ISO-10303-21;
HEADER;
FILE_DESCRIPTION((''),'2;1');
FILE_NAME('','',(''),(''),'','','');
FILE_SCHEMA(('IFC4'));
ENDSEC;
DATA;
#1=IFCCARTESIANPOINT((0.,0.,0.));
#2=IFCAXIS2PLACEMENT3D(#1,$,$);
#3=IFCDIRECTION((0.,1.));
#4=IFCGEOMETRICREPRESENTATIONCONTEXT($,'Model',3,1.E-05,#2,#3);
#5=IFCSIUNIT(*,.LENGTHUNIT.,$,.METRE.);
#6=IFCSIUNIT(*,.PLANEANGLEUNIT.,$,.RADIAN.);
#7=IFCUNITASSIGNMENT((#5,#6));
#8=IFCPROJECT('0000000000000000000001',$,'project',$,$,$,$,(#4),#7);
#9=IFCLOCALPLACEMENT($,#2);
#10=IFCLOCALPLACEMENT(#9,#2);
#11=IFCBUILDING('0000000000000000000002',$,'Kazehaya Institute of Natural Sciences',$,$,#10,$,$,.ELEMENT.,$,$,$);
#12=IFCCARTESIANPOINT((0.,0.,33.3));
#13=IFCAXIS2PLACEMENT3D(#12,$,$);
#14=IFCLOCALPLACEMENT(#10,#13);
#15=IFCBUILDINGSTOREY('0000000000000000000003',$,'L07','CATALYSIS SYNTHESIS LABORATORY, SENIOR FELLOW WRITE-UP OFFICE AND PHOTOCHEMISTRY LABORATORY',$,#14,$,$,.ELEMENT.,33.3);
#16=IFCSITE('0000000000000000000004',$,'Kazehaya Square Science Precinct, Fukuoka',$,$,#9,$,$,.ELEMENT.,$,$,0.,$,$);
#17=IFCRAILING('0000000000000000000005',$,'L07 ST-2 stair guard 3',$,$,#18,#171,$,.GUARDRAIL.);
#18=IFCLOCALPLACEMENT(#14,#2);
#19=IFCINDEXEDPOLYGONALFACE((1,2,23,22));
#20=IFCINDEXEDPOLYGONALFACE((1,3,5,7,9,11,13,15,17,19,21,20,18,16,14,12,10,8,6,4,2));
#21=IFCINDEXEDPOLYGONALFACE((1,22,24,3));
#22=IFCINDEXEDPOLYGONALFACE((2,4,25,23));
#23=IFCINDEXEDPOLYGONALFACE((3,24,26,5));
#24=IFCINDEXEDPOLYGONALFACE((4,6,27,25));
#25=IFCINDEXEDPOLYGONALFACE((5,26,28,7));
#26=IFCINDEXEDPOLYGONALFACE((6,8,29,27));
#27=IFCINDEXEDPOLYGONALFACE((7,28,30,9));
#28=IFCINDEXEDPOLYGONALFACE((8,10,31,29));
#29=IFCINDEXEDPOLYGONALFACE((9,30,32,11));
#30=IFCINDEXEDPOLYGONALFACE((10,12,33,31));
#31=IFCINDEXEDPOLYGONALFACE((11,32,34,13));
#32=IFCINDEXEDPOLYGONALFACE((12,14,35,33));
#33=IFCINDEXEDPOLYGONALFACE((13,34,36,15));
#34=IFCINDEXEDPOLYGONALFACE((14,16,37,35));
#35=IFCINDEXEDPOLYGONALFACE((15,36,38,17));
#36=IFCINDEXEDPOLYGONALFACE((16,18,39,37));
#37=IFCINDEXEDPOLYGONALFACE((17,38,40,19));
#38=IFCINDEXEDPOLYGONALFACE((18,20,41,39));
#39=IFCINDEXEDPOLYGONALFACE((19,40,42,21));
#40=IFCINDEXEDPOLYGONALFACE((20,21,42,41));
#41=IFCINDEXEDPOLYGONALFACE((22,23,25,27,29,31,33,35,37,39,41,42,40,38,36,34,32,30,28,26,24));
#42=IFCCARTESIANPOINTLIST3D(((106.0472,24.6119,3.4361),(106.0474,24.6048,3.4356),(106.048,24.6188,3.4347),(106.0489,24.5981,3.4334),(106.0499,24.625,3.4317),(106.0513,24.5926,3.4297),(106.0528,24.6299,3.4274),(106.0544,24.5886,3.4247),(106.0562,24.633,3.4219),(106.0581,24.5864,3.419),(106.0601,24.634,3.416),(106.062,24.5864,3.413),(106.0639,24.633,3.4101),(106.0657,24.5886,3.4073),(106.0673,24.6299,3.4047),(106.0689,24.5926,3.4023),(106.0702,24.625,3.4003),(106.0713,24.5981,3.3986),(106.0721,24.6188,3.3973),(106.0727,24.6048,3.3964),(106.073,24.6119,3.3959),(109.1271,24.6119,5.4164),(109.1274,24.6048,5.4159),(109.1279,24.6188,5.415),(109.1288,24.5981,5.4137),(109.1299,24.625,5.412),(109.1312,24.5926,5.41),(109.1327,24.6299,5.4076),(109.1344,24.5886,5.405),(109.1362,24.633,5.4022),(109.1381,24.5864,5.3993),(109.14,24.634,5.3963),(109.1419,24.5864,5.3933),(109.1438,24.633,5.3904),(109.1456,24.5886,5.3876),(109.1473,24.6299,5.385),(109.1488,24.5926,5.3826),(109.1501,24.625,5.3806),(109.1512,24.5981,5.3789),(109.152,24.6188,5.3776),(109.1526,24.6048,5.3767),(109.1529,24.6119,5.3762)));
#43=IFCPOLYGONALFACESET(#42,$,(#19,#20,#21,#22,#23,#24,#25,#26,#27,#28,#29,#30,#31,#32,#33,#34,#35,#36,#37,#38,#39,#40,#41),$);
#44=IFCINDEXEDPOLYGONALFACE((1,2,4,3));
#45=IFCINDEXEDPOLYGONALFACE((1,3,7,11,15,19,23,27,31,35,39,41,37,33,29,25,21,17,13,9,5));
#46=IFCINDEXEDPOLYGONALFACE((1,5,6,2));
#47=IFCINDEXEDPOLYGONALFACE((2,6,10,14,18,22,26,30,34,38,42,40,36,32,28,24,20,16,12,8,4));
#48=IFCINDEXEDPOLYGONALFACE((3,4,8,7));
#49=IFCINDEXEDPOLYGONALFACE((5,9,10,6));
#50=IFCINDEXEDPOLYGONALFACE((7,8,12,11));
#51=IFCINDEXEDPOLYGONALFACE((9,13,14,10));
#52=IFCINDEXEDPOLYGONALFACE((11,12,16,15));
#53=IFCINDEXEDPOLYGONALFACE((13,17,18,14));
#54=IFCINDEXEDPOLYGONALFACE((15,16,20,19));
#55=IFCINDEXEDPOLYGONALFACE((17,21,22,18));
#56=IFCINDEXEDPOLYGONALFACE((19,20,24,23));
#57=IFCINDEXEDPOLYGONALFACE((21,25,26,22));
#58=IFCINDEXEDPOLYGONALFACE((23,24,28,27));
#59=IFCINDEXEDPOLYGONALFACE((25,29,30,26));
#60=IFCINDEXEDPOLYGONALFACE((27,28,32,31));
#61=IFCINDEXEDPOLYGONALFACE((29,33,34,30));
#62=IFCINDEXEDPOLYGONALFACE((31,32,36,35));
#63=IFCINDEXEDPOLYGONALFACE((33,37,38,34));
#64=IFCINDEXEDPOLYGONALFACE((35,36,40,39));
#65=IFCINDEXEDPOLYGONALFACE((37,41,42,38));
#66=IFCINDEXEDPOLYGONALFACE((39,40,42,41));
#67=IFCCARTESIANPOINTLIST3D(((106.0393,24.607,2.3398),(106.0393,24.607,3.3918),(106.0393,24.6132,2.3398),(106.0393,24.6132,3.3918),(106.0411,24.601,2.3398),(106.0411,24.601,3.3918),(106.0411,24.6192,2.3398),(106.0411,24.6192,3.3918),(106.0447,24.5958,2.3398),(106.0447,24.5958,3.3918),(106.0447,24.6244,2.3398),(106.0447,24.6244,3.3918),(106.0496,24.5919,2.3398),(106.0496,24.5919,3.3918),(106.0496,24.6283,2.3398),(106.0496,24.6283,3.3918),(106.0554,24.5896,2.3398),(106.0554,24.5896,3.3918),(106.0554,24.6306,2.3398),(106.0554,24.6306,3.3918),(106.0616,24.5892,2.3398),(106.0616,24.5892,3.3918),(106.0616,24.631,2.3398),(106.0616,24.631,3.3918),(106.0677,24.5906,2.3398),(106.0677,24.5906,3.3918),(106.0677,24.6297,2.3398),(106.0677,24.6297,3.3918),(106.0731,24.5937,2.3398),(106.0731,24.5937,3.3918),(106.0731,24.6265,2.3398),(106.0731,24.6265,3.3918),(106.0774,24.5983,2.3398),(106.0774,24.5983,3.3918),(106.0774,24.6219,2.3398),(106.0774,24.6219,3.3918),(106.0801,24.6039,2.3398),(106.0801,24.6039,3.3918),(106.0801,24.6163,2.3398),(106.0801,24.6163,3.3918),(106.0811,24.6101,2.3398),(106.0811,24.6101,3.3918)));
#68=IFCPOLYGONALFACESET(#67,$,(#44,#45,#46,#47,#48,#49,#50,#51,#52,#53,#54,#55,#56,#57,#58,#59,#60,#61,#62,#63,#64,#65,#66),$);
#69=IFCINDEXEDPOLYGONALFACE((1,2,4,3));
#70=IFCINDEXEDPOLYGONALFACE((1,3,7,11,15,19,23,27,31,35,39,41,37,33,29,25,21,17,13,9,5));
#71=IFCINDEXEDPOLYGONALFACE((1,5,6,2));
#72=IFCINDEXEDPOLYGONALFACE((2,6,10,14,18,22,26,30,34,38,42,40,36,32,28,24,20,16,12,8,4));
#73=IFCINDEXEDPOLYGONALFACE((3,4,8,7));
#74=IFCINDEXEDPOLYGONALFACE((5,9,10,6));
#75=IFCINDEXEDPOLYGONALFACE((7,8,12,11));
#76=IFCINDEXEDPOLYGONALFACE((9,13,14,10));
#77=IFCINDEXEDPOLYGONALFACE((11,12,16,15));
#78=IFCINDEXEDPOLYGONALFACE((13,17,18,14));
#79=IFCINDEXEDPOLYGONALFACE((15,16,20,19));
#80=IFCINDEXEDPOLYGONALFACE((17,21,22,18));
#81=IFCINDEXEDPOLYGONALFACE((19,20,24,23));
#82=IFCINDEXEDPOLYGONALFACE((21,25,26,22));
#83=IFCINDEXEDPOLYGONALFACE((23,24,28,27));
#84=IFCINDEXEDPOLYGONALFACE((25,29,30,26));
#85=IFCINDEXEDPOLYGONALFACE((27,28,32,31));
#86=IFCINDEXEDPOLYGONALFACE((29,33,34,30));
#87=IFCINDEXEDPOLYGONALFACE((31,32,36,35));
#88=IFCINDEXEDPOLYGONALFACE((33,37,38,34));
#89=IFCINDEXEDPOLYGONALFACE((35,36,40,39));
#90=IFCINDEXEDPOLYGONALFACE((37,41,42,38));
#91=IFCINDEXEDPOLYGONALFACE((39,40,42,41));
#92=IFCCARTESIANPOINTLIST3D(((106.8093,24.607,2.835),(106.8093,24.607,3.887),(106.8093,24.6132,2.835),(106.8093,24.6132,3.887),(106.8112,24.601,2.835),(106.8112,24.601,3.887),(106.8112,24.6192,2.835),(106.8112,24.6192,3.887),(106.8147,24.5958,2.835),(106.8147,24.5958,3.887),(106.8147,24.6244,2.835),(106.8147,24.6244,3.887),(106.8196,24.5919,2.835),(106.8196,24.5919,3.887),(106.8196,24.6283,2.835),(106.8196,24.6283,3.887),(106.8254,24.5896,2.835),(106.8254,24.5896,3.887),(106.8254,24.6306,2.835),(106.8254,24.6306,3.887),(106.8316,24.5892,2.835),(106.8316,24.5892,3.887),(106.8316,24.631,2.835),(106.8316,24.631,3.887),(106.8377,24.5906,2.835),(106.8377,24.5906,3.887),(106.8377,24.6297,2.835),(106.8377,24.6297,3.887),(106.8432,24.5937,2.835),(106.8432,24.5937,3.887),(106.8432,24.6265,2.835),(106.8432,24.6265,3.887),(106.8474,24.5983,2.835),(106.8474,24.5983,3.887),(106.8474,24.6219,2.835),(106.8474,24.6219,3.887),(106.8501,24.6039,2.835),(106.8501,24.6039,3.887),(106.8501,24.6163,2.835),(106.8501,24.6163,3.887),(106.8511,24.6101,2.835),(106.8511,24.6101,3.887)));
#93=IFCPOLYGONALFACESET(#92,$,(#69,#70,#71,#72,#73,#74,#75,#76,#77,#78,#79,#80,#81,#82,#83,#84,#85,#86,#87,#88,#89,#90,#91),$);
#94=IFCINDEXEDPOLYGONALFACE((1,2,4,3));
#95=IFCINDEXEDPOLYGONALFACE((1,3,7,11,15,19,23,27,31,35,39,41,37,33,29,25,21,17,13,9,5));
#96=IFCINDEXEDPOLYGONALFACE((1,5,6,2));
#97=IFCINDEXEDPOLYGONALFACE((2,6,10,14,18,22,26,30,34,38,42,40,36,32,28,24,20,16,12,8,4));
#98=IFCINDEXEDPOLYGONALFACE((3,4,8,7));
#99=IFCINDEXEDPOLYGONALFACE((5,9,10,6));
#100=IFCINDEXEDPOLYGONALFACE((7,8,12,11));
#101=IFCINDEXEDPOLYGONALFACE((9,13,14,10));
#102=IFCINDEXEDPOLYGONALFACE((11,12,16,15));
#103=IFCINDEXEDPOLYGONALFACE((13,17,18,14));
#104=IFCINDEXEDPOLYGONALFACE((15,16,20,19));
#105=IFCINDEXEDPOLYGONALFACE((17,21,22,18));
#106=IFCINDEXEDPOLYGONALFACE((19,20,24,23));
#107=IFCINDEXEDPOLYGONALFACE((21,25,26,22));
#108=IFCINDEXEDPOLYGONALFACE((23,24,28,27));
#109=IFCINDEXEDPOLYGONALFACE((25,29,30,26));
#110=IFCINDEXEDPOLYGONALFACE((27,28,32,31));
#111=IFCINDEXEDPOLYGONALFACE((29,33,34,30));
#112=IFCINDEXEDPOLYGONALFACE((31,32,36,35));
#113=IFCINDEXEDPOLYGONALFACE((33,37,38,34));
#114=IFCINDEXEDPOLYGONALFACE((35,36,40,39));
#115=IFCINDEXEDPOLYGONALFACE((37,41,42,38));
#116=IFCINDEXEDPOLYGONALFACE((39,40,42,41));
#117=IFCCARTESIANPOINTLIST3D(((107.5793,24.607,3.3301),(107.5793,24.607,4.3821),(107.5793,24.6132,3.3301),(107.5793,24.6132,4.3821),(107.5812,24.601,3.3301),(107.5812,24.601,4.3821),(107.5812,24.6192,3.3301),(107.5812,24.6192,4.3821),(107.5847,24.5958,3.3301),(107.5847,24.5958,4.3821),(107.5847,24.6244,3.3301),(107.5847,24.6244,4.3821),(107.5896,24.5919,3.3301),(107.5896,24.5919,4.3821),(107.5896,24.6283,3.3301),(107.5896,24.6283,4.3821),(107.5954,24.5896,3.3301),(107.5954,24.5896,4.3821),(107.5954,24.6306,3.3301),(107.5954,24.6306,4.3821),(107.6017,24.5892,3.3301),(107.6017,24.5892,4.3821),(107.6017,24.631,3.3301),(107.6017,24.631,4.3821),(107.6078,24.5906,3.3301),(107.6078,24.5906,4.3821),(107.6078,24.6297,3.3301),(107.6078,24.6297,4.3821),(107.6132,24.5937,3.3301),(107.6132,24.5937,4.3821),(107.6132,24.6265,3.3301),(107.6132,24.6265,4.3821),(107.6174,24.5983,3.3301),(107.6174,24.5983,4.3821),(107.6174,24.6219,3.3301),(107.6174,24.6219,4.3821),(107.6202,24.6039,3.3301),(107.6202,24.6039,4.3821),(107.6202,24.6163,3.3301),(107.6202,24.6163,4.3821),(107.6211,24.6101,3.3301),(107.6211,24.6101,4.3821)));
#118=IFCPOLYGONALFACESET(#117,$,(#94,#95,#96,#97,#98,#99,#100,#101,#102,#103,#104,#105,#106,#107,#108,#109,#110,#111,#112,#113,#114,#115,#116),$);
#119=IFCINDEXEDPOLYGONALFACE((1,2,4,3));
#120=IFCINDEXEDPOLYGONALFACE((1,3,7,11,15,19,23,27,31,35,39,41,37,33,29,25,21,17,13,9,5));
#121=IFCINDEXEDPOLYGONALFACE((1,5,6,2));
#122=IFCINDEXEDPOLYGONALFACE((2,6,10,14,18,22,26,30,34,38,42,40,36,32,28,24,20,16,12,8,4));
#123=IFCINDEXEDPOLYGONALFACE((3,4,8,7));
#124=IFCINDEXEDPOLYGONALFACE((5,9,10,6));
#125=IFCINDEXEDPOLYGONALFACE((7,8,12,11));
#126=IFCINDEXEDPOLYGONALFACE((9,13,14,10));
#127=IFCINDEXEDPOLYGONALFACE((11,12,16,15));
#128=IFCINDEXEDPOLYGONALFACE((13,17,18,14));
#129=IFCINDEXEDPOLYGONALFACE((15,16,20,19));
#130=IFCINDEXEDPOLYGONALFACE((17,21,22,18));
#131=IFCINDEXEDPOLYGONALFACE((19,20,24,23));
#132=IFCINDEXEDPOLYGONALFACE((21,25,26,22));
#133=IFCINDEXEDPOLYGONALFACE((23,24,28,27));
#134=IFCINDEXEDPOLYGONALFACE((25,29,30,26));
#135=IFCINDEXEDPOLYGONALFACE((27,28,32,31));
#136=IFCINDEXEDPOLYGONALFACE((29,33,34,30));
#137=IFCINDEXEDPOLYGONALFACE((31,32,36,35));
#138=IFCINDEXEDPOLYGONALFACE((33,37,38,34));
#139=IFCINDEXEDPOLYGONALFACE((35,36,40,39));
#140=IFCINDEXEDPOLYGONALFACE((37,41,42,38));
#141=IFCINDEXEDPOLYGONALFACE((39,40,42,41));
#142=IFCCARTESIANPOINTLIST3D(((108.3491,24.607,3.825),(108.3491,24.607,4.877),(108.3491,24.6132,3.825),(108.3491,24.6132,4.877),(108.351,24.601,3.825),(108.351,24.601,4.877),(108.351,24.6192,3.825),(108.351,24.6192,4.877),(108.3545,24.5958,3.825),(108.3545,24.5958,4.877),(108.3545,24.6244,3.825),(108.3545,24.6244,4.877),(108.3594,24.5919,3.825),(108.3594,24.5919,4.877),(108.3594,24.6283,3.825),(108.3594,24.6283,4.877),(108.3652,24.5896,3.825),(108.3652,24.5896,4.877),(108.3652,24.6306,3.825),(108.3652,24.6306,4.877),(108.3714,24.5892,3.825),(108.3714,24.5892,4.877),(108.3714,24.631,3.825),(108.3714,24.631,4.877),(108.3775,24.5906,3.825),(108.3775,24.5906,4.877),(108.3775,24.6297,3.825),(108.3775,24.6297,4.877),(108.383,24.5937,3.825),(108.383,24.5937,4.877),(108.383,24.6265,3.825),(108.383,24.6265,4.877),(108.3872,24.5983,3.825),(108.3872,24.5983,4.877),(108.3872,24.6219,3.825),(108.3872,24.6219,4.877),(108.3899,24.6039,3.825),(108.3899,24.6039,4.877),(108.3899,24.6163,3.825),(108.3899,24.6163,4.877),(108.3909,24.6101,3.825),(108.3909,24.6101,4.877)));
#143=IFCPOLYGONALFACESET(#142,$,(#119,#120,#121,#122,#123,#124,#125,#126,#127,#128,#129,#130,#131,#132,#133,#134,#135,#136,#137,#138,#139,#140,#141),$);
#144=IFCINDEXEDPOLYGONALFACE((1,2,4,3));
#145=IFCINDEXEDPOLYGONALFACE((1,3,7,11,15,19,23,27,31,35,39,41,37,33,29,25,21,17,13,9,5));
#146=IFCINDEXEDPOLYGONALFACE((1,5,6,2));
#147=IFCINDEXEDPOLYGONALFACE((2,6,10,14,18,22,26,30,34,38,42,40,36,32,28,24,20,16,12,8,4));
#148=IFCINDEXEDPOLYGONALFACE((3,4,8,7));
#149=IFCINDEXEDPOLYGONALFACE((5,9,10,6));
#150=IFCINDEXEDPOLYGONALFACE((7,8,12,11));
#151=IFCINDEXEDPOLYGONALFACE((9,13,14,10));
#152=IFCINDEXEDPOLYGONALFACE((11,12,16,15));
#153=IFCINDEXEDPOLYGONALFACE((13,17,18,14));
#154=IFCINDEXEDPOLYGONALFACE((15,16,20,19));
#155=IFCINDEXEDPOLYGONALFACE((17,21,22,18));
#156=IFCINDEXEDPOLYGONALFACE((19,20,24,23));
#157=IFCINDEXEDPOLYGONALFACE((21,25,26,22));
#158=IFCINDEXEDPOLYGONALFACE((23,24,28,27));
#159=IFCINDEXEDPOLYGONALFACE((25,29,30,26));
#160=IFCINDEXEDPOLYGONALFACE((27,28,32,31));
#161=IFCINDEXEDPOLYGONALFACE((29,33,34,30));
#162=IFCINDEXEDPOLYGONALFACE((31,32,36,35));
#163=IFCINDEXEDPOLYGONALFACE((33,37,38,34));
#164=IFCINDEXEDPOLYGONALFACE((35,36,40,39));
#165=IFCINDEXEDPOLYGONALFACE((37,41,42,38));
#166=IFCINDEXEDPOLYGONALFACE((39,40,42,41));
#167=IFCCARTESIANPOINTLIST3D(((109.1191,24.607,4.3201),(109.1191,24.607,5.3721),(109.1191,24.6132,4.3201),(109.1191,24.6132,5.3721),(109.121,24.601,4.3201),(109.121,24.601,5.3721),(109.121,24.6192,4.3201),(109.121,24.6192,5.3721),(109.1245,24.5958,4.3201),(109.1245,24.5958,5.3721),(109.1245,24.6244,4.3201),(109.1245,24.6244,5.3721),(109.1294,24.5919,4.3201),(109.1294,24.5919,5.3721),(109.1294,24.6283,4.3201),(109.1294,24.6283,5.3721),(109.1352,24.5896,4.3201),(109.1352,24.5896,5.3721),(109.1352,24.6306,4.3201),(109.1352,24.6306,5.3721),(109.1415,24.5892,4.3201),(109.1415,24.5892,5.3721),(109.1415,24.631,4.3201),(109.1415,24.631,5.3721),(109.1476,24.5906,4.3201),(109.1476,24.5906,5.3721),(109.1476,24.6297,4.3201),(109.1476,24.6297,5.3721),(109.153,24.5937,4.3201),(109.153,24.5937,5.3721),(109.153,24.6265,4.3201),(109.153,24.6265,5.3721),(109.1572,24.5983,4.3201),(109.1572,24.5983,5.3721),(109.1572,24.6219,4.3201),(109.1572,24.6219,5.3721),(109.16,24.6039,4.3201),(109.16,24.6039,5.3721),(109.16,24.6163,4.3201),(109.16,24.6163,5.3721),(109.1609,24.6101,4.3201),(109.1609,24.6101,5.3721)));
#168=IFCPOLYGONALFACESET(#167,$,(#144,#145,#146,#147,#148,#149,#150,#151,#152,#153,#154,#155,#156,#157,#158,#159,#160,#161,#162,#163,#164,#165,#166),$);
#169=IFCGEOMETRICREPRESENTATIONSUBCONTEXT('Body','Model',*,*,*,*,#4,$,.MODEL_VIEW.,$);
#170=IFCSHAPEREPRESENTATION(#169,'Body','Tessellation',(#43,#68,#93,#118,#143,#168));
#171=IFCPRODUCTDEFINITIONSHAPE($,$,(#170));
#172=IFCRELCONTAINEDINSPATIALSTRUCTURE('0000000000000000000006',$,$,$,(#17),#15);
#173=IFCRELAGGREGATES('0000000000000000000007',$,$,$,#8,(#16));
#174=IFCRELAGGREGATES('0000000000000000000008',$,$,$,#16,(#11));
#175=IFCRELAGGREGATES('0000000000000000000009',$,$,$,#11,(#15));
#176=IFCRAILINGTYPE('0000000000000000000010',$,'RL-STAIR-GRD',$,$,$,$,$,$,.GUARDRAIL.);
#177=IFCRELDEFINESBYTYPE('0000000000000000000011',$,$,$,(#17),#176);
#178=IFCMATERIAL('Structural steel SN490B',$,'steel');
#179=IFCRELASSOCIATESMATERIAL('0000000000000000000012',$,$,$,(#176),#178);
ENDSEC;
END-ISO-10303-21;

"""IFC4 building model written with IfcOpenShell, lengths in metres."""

from ifc_helpers import new_model, si_unit, direction, frame, origin, origin_2d, place, context, subcontext, project, spatial, circle, extrude, material, type_object, element, save


model = new_model("IFC4")

# Units and contexts
model_context = context("Model", 3, precision=1e-05, world=origin(), true_north=direction((0.0, 1.0)))
body_context = subcontext(model_context, "Body", "Model", "MODEL_VIEW")
ifc_project = project(units=[si_unit("LENGTHUNIT", "METRE"), si_unit("PLANEANGLEUNIT", "RADIAN")], contexts=[model_context])

# Site, building, storey
site_placement = place(None, origin())
site = spatial("IfcSite", under=ifc_project, at=site_placement, Name="Kazehaya Square Science Precinct, Fukuoka", CompositionType="ELEMENT", RefElevation=0.0)
building_placement = place(site_placement, origin())
building = spatial("IfcBuilding", under=site, at=building_placement, Name="Kazehaya Institute of Natural Sciences", CompositionType="ELEMENT")
storey_placement = place(building_placement, frame((0.0, 0.0, 33.3)))
storey = spatial("IfcBuildingStorey", under=building, at=storey_placement, Name="L07", Description="CATALYSIS SYNTHESIS LABORATORY, SENIOR FELLOW WRITE-UP OFFICE AND PHOTOCHEMISTRY LABORATORY", CompositionType="ELEMENT", Elevation=33.3)

# Railing
ifc_material_1 = material(Name="Structural steel SN490B", Category="steel")
railing_type_1 = type_object("IfcRailingType", Name="RL-STAIR-GRD", PredefinedType="GUARDRAIL", material=ifc_material_1)
railing_1_placement = place(storey_placement, frame((106.0601, 24.6101, 2.3398)))
element("IfcRailing", 1, at=railing_1_placement, inside=storey, type_object=railing_type_1, Name="L07 ST-2 stair guard 3", PredefinedType="GUARDRAIL", context=body_context, shape_type="SweptSolid", body=[
    extrude(circle(Radius=0.0239, at=origin_2d()), frame((0.0, 0.0, 1.0762), z_axis=(0.841137, 0.0, 0.540822), x_axis=(0.0, 1.0, 0.0)), (0.0, 0.0, 1.0), 3.6616),
    extrude(circle(Radius=0.021, at=origin_2d()), origin(), (0.0, 0.0, 1.0), 1.052),
    extrude(circle(Radius=0.021, at=origin_2d()), frame((0.77, 0.0, 0.4951)), (0.0, 0.0, 1.0), 1.052),
    extrude(circle(Radius=0.021, at=origin_2d()), frame((1.54, 0.0, 0.9902)), (0.0, 0.0, 1.0), 1.052),
    extrude(circle(Radius=0.021, at=origin_2d()), frame((2.3098, 0.0, 1.4851)), (0.0, 0.0, 1.0), 1.052),
    extrude(circle(Radius=0.021, at=origin_2d()), frame((3.0798, 0.0, 1.9802)), (0.0, 0.0, 1.0), 1.052),
])

save(model, "model.ifc")
